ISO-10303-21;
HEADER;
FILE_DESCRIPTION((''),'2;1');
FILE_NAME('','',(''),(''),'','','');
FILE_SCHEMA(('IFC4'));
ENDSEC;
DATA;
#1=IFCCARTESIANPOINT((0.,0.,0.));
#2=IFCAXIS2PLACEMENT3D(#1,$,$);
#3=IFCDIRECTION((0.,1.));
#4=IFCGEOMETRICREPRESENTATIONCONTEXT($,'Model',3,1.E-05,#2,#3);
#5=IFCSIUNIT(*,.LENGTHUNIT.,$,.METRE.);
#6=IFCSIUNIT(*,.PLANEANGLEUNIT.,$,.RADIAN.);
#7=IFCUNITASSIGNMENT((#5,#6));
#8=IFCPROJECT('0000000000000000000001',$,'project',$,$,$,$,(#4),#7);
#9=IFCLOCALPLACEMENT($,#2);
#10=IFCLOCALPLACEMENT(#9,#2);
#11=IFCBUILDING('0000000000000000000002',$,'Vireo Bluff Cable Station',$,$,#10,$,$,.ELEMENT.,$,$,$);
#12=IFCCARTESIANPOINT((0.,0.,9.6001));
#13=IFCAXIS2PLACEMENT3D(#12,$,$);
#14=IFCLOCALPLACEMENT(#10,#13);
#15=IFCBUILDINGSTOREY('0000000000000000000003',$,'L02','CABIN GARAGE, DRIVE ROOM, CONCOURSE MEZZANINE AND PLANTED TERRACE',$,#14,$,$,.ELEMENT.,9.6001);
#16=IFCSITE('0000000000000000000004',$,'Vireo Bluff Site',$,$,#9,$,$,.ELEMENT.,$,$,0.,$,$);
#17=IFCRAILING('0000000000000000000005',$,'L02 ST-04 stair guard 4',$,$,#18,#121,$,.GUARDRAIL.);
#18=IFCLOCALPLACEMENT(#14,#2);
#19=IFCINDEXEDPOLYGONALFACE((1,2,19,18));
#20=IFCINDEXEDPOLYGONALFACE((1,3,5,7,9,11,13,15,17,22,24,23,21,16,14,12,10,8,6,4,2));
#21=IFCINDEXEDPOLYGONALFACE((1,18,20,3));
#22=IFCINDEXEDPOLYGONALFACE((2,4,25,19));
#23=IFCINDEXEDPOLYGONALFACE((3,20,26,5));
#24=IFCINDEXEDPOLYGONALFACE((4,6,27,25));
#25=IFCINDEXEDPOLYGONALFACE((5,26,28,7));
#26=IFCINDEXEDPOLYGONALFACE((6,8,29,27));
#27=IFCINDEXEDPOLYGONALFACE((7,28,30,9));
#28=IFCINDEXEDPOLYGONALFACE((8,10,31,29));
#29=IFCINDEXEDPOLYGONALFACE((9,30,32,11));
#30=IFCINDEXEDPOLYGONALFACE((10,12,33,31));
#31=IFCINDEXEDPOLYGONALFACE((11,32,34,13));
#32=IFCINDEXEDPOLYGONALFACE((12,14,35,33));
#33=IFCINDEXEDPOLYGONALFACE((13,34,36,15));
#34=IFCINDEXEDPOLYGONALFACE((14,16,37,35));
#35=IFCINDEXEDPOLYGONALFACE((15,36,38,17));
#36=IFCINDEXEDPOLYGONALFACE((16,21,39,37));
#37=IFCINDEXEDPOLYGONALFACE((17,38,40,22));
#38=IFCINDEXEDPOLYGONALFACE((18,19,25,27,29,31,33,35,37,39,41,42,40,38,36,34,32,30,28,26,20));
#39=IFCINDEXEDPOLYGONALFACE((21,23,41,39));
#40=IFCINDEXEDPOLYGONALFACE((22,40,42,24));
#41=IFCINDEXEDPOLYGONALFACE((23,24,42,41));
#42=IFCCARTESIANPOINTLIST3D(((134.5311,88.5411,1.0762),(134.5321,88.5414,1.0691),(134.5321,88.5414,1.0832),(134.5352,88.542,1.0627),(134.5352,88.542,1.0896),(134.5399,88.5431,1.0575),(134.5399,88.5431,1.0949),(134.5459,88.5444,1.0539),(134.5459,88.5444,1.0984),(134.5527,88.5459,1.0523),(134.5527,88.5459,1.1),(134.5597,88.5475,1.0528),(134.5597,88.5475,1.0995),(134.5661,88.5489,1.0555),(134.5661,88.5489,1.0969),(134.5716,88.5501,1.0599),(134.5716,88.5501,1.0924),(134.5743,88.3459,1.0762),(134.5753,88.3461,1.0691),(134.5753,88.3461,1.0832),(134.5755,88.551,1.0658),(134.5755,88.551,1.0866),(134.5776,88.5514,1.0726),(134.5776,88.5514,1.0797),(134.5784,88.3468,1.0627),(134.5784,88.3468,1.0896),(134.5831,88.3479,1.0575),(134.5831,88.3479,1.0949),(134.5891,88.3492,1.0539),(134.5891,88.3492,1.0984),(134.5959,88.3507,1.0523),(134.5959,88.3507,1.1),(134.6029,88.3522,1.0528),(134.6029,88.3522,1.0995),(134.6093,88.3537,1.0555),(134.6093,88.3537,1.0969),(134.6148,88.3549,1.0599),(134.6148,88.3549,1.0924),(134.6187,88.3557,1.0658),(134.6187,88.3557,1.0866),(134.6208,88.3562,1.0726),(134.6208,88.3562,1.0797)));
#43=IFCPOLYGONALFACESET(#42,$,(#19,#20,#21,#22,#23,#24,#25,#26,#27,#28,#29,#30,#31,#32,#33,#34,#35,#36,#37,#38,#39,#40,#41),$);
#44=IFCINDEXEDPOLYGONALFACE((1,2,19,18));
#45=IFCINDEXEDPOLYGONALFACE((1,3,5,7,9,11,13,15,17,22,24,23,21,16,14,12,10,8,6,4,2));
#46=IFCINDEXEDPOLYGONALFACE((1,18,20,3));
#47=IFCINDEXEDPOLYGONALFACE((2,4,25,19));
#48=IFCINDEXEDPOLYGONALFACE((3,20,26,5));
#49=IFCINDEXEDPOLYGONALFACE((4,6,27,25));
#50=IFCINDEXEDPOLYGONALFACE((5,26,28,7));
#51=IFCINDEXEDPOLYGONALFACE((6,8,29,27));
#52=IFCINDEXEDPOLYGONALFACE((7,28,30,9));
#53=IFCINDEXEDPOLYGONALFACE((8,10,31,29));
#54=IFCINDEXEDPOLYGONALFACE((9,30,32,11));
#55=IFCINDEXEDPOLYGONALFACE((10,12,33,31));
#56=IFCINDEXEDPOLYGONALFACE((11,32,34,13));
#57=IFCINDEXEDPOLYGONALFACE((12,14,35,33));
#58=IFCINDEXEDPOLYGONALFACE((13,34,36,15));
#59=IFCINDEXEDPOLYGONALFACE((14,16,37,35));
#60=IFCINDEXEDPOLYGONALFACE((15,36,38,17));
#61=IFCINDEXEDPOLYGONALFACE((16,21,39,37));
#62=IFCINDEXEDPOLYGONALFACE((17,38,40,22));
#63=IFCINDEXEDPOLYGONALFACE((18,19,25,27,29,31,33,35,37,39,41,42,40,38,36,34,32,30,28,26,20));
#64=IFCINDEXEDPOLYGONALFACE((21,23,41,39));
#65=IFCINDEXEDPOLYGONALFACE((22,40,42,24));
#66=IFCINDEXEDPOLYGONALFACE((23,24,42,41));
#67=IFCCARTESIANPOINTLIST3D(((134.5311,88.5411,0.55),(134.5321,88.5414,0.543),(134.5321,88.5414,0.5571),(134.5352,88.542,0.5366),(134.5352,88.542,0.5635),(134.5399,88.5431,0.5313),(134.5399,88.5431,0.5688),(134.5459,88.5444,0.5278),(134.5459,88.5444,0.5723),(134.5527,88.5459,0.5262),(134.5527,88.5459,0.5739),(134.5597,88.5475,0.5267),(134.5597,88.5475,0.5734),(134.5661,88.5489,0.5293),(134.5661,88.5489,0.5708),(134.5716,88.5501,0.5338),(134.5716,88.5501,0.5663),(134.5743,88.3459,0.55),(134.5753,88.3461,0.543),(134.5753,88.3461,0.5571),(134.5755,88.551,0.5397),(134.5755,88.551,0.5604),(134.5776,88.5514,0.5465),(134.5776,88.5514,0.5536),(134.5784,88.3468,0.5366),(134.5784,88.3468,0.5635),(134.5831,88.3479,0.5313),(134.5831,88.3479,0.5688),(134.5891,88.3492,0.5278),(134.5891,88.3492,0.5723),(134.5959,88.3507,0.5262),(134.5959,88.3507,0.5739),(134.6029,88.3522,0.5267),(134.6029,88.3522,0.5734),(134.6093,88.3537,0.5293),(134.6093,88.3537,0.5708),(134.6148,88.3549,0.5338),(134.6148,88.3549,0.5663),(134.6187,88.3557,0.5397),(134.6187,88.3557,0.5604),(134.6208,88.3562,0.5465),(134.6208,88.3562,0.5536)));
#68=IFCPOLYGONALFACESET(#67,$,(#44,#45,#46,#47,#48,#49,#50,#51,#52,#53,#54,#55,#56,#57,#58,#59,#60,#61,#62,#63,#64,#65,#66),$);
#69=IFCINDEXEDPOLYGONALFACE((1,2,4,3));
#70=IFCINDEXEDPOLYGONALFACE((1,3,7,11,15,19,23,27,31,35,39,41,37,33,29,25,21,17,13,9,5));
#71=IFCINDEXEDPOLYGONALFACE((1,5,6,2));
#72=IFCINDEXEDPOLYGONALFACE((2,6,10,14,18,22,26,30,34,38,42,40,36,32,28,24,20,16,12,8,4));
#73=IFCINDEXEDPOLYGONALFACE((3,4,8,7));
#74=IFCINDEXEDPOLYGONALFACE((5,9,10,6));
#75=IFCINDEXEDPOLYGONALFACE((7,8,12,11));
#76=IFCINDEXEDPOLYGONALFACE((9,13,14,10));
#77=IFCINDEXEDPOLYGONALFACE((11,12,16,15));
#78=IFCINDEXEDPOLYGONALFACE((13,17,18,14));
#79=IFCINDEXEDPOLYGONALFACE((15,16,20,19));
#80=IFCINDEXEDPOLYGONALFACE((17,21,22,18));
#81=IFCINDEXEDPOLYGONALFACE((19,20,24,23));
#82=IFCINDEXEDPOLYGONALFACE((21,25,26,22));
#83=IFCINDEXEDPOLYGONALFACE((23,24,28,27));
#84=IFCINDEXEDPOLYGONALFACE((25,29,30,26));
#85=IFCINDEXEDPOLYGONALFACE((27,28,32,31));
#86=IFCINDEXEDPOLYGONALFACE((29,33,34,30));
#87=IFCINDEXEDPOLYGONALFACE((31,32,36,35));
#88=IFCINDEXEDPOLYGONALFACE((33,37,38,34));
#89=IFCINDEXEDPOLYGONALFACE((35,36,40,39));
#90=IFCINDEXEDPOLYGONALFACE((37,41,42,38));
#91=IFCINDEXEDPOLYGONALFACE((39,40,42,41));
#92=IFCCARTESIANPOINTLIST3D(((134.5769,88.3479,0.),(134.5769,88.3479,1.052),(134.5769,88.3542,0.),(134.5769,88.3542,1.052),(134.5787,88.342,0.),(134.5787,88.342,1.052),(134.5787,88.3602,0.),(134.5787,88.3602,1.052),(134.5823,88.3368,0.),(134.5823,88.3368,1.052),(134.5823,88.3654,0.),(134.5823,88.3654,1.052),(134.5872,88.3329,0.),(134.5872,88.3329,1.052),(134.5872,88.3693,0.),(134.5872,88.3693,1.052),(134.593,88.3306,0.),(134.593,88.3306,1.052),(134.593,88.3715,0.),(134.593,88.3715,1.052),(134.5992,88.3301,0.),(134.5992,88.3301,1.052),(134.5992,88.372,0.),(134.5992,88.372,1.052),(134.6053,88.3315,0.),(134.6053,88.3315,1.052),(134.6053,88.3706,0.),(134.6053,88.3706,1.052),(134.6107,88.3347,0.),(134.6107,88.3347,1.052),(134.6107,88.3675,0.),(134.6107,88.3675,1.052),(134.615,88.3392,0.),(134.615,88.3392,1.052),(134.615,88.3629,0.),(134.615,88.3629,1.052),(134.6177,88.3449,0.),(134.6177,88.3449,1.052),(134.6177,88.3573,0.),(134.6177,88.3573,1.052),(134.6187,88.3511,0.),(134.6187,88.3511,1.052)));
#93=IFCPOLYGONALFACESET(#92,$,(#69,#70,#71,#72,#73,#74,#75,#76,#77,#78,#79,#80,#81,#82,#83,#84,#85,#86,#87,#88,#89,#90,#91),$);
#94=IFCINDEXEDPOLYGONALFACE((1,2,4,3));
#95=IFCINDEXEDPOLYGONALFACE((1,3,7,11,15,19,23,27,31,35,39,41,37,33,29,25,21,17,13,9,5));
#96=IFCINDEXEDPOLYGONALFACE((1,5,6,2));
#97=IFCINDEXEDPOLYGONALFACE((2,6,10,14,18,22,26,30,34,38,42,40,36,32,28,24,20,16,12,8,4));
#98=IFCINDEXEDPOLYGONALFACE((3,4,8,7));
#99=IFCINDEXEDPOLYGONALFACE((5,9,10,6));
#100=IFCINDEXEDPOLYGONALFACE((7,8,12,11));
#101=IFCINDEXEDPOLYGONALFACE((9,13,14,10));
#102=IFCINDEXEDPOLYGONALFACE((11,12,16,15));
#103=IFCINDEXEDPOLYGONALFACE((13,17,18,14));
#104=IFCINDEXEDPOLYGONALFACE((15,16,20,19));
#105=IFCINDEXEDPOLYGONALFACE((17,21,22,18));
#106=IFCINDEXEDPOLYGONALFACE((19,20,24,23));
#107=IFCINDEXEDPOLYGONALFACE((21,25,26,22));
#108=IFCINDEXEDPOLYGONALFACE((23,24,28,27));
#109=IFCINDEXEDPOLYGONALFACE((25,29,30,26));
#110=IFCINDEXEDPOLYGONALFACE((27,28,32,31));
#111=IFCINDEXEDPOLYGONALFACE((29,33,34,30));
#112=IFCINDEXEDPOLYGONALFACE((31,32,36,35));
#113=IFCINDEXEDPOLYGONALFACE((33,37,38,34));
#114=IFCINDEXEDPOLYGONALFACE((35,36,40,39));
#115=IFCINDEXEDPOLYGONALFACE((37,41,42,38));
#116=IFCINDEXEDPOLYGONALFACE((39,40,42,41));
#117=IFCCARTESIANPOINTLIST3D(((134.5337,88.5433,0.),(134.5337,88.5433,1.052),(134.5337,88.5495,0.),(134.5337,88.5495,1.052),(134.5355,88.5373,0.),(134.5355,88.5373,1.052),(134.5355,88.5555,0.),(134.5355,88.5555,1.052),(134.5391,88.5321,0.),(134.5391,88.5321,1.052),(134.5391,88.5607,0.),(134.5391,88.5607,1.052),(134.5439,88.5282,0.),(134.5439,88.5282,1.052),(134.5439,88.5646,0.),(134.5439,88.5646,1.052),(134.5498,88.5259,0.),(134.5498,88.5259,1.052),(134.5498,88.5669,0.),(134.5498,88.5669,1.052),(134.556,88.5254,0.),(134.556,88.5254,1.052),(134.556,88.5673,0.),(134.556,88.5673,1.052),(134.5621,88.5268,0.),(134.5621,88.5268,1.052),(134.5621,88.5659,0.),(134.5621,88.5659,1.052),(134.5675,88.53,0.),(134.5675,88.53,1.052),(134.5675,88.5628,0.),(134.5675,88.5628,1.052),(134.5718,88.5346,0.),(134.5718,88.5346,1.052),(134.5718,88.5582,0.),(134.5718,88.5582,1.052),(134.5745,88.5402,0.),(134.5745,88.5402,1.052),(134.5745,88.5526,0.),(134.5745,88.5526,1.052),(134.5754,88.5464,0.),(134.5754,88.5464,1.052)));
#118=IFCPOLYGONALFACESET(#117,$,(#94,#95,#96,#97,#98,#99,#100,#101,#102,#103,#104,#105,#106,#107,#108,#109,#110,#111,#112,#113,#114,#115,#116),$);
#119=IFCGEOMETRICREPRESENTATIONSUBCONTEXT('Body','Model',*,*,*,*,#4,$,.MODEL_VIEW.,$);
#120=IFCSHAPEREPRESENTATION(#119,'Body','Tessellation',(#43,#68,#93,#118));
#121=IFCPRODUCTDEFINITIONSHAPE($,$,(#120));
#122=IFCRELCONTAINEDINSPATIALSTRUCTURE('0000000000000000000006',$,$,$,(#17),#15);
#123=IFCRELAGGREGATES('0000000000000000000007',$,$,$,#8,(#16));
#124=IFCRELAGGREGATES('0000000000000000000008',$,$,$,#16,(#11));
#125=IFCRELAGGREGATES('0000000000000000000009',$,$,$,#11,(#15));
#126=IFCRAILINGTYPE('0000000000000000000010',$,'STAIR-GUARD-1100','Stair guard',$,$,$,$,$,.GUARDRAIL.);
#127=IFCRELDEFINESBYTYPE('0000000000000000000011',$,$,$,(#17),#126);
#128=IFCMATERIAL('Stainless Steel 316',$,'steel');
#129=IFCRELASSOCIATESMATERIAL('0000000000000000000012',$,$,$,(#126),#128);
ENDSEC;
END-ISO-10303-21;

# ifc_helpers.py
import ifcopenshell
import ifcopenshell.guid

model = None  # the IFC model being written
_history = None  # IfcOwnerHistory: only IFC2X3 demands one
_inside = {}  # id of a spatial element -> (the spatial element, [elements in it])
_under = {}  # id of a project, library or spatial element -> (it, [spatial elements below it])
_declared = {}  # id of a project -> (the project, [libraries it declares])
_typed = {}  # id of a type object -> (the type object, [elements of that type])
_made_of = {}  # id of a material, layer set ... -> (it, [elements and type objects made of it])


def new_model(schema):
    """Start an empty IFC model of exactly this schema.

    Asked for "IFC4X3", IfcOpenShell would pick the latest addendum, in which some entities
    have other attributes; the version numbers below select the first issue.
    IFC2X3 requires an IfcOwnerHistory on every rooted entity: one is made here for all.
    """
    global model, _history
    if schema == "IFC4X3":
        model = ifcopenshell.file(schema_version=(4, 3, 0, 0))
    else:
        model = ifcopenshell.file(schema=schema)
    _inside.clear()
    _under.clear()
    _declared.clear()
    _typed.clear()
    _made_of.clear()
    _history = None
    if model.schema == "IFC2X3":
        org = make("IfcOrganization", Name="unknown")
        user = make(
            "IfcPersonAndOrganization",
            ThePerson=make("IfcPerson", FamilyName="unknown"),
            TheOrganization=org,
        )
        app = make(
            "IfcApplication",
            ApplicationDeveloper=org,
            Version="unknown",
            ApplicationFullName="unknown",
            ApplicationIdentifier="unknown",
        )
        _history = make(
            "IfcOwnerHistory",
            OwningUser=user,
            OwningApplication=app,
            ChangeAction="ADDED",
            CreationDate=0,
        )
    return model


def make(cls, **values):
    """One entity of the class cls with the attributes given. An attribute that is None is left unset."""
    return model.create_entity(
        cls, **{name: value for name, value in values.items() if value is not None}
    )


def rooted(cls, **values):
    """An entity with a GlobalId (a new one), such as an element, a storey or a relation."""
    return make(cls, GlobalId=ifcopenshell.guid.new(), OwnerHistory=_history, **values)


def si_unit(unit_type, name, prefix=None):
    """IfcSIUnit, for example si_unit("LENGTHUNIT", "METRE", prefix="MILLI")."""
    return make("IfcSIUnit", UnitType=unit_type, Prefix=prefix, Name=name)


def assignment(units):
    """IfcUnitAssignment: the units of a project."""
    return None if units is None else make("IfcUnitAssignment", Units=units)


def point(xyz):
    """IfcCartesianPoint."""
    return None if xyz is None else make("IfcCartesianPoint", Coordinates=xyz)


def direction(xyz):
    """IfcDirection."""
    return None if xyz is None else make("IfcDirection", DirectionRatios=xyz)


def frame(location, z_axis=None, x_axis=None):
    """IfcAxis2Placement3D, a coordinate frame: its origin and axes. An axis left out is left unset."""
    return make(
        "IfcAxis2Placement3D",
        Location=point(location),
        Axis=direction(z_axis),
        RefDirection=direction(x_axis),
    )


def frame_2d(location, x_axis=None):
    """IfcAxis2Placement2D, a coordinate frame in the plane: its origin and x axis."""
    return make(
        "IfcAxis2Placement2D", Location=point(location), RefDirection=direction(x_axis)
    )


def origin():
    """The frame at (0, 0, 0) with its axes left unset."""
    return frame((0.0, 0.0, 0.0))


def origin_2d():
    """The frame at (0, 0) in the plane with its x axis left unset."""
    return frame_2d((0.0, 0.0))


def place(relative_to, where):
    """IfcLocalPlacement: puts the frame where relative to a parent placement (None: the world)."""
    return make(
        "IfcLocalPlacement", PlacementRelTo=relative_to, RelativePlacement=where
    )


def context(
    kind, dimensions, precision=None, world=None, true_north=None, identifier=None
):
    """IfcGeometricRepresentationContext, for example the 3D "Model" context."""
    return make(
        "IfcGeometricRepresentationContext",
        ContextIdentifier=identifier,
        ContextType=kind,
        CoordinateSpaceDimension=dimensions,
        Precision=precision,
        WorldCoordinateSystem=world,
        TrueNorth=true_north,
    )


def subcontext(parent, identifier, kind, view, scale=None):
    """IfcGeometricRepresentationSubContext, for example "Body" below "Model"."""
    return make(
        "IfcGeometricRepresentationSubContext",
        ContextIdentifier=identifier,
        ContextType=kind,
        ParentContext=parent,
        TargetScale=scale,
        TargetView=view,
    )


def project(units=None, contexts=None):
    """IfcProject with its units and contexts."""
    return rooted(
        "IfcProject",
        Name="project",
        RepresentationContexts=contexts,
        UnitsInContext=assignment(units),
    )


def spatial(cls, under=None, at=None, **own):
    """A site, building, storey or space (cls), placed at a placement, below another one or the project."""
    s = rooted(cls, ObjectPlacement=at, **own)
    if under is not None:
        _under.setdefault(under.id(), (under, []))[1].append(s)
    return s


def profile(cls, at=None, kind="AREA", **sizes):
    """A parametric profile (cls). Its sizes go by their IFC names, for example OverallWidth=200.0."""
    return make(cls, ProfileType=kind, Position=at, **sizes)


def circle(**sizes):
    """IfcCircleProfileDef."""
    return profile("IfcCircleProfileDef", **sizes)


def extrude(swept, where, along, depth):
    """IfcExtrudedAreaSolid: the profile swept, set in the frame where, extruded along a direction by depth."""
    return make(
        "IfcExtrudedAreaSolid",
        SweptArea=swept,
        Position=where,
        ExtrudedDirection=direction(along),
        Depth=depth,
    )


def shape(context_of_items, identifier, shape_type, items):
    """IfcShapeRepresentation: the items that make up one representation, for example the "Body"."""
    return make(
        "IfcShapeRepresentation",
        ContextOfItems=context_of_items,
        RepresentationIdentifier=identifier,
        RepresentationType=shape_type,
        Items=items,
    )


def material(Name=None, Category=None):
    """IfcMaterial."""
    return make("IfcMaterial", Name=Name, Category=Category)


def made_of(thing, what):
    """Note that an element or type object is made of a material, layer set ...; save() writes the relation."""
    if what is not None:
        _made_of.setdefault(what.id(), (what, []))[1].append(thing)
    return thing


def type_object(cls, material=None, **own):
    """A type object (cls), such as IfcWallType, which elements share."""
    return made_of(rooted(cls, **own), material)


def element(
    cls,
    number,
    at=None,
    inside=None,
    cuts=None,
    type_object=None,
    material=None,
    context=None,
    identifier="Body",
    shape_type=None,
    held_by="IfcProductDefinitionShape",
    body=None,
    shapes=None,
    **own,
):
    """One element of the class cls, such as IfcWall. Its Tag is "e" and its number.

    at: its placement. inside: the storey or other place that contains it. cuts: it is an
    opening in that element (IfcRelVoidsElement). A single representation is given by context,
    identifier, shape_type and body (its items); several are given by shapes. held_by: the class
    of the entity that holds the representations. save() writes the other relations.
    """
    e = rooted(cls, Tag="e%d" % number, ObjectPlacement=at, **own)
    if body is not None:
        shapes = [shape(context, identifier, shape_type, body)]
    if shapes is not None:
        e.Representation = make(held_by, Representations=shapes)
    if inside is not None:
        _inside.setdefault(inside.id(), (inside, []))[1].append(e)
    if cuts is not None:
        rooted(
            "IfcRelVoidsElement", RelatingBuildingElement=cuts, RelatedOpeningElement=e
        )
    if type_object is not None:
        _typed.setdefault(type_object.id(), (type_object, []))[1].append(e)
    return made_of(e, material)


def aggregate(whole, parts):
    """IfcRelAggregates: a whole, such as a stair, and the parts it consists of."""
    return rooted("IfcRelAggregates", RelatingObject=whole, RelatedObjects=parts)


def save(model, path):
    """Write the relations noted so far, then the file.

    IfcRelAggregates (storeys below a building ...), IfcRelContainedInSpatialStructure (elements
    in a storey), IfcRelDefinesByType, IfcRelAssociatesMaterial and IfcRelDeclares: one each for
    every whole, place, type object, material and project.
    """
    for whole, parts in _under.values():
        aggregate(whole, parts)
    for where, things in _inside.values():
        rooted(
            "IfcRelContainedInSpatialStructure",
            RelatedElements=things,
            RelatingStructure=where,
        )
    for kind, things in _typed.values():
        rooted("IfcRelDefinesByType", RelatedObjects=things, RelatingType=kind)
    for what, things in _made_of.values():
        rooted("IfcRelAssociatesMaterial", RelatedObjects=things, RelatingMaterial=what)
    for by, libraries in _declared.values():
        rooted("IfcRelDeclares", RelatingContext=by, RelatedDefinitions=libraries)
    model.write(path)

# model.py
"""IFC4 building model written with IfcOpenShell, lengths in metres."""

from ifc_helpers import new_model, si_unit, direction, frame, origin, origin_2d, place, context, subcontext, project, spatial, circle, extrude, material, type_object, element, save


model = new_model("IFC4")

# Units and contexts
model_context = context("Model", 3, precision=1e-05, world=origin(), true_north=direction((0.0, 1.0)))
body_context = subcontext(model_context, "Body", "Model", "MODEL_VIEW")
ifc_project = project(units=[si_unit("LENGTHUNIT", "METRE"), si_unit("PLANEANGLEUNIT", "RADIAN")], contexts=[model_context])

# Site, building, storey
site_placement = place(None, origin())
site = spatial("IfcSite", under=ifc_project, at=site_placement, Name="Vireo Bluff Site", CompositionType="ELEMENT", RefElevation=0.0)
building_placement = place(site_placement, origin())
building = spatial("IfcBuilding", under=site, at=building_placement, Name="Vireo Bluff Cable Station", CompositionType="ELEMENT")
storey_placement = place(building_placement, frame((0.0, 0.0, 9.6001)))
storey = spatial("IfcBuildingStorey", under=building, at=storey_placement, Name="L02", Description="CABIN GARAGE, DRIVE ROOM, CONCOURSE MEZZANINE AND PLANTED TERRACE", CompositionType="ELEMENT", Elevation=9.6001)

# Shared definitions
ifc_material_1 = material(Name="Stainless Steel 316", Category="steel")

# Railing
railing_type_1 = type_object("IfcRailingType", Name="STAIR-GUARD-1100", Description="Stair guard", PredefinedType="GUARDRAIL", material=ifc_material_1)
railing_1_placement = place(storey_placement, frame((134.5977, 88.3511, 0.0)))
element("IfcRailing", 1, at=railing_1_placement, inside=storey, type_object=railing_type_1, Name="L02 ST-04 stair guard 4", PredefinedType="GUARDRAIL", context=body_context, shape_type="SweptSolid", body=[
    extrude(circle(Radius=0.0239, at=origin_2d()), frame((0.0, 0.0, 1.0762), z_axis=(-0.216026, 0.976388, 0.0), x_axis=(-0.976388, -0.216026, 0.0)), (0.0, 0.0, 1.0), 0.2),
    extrude(circle(Radius=0.0239, at=origin_2d()), frame((0.0, 0.0, 0.55), z_axis=(-0.216026, 0.976388, 0.0), x_axis=(-0.976388, -0.216026, 0.0)), (0.0, 0.0, 1.0), 0.2),
    extrude(circle(Radius=0.021, at=origin_2d()), origin(), (0.0, 0.0, 1.0), 1.052),
    extrude(circle(Radius=0.021, at=origin_2d()), frame((-0.0432, 0.1953, 0.0)), (0.0, 0.0, 1.0), 1.052),
])

save(model, "model.ifc")
